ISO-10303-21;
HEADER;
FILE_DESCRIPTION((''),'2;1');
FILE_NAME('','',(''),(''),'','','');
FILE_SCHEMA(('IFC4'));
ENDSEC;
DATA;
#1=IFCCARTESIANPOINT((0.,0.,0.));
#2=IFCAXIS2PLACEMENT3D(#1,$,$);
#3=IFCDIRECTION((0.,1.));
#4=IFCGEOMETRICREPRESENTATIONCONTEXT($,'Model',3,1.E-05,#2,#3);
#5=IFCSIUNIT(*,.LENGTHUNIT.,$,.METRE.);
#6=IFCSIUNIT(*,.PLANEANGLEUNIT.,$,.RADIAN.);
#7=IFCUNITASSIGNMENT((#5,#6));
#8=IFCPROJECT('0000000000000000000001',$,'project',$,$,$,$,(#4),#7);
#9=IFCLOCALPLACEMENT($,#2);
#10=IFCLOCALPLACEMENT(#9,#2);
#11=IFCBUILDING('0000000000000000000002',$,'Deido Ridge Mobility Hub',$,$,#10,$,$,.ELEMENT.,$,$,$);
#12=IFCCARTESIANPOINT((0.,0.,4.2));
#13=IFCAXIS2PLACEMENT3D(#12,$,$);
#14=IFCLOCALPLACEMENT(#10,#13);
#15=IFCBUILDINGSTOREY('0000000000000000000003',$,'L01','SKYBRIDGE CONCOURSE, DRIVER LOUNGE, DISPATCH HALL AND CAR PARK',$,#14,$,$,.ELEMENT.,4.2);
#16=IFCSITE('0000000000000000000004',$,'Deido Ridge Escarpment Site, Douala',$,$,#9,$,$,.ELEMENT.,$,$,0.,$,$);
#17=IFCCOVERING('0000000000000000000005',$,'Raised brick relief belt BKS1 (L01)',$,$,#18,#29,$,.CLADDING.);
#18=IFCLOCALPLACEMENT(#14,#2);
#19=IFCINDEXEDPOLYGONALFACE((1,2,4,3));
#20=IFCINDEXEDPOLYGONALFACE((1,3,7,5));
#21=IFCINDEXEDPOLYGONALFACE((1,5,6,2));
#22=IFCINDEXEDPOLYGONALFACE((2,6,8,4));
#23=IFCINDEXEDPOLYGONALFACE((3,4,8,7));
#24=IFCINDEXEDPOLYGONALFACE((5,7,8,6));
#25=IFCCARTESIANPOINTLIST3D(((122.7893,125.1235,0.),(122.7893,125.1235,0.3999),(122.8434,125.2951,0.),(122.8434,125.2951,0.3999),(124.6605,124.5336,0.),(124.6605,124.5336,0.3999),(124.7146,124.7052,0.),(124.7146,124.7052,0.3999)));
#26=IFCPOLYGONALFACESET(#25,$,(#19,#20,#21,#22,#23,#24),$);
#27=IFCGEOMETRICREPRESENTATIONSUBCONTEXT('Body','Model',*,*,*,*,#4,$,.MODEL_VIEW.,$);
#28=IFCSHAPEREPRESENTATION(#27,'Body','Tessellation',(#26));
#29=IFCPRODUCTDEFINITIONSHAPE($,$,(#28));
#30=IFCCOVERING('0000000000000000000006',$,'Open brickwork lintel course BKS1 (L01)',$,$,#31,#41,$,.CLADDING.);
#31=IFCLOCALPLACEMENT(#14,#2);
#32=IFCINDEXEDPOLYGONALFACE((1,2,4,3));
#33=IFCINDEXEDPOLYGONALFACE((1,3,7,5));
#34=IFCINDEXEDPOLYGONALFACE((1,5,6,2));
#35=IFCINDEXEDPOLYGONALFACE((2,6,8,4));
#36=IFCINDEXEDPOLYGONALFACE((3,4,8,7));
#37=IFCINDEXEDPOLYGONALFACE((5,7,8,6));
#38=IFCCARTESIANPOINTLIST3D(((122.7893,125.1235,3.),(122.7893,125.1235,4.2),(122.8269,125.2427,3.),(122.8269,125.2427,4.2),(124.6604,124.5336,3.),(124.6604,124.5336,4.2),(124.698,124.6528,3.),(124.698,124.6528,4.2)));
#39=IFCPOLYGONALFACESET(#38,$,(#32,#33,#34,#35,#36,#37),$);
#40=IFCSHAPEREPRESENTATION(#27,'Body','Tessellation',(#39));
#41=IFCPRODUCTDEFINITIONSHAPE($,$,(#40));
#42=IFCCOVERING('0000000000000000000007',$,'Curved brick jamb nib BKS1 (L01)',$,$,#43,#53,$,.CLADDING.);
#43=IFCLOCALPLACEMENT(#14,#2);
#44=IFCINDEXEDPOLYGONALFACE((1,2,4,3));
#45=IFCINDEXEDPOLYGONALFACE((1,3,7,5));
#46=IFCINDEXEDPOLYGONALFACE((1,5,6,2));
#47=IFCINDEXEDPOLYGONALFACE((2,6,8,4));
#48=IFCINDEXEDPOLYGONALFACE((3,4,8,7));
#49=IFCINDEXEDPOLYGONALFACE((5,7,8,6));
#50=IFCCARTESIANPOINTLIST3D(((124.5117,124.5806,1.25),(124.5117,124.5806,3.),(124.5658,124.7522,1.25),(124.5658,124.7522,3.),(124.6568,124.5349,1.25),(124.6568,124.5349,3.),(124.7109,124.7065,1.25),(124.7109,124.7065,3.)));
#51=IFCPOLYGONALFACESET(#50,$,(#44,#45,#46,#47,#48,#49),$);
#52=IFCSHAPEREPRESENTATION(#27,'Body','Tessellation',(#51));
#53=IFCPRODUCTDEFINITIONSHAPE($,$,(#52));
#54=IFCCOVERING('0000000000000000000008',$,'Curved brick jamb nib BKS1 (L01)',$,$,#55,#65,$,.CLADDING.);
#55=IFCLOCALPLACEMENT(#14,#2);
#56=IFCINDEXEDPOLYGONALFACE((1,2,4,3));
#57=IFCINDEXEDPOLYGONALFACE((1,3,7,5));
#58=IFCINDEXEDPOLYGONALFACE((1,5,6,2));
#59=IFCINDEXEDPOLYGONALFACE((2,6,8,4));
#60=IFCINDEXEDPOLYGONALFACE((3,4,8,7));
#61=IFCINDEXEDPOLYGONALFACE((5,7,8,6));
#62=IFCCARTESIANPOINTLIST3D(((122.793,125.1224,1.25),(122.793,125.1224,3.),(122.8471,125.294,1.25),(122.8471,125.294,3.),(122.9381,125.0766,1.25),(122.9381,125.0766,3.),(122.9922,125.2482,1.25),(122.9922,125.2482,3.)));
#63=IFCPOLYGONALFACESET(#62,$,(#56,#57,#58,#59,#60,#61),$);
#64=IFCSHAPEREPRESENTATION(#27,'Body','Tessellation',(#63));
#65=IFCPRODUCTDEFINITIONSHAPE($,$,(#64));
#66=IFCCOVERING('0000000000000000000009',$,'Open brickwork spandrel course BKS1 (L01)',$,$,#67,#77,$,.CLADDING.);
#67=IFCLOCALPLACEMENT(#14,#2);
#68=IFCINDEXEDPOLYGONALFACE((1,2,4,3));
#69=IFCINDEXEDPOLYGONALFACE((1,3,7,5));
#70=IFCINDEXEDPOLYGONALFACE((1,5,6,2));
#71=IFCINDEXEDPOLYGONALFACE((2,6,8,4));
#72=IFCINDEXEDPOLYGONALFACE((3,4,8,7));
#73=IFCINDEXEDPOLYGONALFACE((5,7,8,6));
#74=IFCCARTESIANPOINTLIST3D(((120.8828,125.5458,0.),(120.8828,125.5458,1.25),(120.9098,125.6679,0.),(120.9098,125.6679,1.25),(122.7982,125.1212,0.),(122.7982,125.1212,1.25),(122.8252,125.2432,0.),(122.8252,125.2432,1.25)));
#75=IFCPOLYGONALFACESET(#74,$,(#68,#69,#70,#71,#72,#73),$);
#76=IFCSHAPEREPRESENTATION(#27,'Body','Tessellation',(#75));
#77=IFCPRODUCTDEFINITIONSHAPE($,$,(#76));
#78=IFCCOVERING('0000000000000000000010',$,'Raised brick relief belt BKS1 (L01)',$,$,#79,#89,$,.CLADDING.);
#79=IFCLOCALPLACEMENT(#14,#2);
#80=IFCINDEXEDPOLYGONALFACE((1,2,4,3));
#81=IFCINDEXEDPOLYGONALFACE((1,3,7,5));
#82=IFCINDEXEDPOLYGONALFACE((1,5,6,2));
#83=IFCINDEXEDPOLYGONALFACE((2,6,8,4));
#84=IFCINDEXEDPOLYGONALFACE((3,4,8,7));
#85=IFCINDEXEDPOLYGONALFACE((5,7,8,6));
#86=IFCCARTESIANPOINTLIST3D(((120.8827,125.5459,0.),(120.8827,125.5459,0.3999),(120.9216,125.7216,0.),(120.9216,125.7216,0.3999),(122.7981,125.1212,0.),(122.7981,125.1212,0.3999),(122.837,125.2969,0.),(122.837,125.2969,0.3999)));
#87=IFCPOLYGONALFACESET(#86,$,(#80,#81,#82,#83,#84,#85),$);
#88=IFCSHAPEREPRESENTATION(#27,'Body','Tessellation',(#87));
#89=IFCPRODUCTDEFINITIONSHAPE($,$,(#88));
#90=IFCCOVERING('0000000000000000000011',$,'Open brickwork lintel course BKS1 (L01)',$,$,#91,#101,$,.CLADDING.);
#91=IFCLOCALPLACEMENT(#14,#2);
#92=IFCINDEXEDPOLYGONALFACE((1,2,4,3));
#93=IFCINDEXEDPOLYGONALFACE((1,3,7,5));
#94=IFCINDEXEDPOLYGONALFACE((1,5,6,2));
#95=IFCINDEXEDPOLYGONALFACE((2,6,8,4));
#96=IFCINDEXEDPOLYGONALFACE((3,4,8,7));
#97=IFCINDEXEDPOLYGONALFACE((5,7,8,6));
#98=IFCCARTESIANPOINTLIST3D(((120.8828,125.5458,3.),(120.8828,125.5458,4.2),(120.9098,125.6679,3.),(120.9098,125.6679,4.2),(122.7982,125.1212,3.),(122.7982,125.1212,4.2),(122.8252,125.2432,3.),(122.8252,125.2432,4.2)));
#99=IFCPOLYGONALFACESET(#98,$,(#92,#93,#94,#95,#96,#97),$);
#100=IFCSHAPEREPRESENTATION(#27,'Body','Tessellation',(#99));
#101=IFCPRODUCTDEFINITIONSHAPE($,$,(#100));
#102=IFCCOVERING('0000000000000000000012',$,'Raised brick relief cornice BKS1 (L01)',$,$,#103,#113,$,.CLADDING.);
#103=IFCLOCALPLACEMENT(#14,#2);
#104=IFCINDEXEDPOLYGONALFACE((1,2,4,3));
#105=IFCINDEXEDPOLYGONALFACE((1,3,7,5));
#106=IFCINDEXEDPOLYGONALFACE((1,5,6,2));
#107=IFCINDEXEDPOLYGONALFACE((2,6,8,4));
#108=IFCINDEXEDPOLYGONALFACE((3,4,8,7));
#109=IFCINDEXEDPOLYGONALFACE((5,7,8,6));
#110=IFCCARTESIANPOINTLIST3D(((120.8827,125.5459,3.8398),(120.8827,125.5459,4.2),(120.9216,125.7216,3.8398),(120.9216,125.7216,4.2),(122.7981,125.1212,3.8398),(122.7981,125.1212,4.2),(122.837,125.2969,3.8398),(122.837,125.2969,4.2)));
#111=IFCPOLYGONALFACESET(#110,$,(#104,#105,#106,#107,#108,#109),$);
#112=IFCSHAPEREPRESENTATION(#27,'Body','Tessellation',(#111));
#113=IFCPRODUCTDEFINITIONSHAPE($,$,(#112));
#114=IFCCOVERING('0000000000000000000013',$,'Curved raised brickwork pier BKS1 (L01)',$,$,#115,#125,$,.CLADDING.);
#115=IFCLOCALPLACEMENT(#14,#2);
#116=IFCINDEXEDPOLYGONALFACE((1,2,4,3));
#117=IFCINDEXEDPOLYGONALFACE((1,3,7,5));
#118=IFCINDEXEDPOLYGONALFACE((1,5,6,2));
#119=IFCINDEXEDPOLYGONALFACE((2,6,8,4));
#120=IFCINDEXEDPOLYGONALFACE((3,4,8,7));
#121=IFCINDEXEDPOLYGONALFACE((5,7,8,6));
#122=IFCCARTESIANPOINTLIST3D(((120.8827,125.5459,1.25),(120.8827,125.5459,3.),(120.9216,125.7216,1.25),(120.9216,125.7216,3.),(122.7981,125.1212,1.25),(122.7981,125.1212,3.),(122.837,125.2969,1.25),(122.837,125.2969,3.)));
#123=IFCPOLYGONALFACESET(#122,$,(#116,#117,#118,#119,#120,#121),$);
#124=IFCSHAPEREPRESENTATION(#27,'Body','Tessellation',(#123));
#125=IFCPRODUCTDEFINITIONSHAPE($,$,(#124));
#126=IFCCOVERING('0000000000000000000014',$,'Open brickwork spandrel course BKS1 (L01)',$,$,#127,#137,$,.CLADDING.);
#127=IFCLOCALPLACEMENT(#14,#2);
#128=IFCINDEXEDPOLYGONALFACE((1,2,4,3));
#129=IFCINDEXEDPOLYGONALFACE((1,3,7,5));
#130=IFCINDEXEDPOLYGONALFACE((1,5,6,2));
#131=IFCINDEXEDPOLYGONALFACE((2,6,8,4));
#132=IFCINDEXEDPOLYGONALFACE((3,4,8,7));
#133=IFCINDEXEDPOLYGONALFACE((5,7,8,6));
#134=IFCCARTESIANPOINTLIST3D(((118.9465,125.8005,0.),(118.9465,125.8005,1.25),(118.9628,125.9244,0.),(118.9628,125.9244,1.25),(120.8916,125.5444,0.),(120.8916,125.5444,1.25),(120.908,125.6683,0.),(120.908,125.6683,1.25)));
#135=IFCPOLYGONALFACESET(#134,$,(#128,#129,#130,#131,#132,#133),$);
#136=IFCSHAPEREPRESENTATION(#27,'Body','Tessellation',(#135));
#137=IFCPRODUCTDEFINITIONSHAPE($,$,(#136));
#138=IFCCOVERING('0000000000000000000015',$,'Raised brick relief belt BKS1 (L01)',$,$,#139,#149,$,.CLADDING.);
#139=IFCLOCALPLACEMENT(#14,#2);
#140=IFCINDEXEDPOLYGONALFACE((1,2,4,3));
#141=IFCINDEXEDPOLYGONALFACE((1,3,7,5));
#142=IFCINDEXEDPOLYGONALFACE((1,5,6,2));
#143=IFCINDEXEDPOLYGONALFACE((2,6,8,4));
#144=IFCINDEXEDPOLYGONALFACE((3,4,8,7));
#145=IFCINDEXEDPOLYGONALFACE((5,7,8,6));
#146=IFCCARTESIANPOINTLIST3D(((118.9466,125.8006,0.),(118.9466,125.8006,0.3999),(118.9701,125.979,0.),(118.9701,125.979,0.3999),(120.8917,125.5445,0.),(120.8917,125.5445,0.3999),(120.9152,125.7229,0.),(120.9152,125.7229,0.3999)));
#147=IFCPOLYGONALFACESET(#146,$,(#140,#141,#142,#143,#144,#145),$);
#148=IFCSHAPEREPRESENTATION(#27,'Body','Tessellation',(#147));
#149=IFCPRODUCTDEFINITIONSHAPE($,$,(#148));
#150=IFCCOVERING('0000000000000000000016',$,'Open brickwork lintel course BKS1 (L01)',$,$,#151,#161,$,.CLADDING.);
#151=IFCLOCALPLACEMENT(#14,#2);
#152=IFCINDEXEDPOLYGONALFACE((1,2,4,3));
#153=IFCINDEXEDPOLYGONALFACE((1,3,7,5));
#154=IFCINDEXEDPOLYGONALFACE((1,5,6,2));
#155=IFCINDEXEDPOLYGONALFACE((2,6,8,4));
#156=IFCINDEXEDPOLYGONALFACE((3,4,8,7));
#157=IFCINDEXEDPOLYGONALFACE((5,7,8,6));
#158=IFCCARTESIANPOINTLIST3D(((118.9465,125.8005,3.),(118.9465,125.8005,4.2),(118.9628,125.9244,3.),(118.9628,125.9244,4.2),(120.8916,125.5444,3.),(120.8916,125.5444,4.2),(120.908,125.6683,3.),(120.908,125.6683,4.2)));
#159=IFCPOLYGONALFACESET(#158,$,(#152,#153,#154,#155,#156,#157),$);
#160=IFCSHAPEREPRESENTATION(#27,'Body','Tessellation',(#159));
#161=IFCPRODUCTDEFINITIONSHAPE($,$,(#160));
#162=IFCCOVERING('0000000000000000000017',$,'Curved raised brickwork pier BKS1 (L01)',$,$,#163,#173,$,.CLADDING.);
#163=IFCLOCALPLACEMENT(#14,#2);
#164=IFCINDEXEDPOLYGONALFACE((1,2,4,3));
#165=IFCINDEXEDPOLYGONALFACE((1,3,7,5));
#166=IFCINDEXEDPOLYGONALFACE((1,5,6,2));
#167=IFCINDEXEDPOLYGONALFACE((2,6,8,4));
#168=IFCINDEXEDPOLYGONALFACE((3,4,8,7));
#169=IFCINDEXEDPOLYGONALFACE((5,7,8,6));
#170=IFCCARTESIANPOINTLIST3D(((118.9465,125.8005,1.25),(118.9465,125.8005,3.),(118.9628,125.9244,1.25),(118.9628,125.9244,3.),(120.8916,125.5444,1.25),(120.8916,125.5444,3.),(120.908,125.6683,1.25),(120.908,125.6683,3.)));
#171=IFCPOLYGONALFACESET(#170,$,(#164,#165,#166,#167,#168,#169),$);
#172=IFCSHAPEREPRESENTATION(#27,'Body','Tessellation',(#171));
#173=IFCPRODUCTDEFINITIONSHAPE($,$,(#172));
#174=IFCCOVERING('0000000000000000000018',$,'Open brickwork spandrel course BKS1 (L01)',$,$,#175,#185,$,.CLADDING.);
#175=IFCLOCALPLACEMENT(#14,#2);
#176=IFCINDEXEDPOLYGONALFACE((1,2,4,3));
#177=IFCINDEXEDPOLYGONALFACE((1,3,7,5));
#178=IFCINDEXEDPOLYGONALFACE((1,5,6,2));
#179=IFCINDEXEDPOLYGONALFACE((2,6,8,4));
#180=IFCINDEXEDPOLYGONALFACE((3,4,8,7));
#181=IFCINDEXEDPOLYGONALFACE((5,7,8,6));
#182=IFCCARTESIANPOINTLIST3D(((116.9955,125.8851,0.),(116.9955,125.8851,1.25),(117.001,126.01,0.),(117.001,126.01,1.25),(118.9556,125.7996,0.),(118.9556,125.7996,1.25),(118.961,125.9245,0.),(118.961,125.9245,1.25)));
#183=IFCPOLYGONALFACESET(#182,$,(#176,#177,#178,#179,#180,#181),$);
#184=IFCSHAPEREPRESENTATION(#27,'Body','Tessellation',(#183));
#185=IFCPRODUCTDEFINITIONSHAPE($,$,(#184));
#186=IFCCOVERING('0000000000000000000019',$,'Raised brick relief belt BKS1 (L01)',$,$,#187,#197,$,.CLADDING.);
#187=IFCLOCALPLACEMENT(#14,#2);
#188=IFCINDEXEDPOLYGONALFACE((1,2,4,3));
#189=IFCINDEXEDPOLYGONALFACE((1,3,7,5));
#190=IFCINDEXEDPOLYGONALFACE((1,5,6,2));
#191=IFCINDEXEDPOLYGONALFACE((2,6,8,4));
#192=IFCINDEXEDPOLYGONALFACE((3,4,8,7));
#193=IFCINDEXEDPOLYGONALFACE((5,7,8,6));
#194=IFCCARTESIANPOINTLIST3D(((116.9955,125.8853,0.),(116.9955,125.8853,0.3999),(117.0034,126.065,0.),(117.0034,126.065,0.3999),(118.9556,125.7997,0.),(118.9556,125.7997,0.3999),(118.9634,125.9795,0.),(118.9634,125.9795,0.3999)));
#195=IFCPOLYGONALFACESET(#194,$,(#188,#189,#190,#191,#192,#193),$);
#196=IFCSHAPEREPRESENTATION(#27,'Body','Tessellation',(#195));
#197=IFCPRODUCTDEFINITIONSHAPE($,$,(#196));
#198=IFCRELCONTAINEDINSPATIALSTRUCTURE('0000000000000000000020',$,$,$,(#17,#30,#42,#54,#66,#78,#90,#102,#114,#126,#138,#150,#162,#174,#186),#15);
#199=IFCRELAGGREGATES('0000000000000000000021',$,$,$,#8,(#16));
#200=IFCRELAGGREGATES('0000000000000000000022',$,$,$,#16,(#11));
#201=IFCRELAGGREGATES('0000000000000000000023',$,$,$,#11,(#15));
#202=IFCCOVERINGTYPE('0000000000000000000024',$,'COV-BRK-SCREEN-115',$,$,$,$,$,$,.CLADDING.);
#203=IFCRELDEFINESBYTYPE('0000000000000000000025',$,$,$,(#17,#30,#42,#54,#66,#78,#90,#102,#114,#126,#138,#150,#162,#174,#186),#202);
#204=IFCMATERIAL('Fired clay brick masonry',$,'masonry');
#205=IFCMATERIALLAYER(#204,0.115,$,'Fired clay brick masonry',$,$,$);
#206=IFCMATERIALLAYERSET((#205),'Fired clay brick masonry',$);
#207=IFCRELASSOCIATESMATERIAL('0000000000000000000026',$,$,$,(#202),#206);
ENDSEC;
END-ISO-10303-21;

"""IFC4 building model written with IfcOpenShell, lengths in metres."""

from ifc_helpers import new_model, si_unit, direction, frame, origin, origin_2d, place, context, subcontext, project, spatial, rectangle, extrude, material, layer, layer_set, type_object, element, save


model = new_model("IFC4")

# Units and contexts
model_context = context("Model", 3, precision=1e-05, world=origin(), true_north=direction((0.0, 1.0)))
body_context = subcontext(model_context, "Body", "Model", "MODEL_VIEW")
ifc_project = project(units=[si_unit("LENGTHUNIT", "METRE"), si_unit("PLANEANGLEUNIT", "RADIAN")], contexts=[model_context])

# Site, building, storey
site_placement = place(None, origin())
site = spatial("IfcSite", under=ifc_project, at=site_placement, Name="Deido Ridge Escarpment Site, Douala", CompositionType="ELEMENT", RefElevation=0.0)
building_placement = place(site_placement, origin())
building = spatial("IfcBuilding", under=site, at=building_placement, Name="Deido Ridge Mobility Hub", CompositionType="ELEMENT")
storey_placement = place(building_placement, frame((0.0, 0.0, 4.2)))
storey = spatial("IfcBuildingStorey", under=building, at=storey_placement, Name="L01", Description="SKYBRIDGE CONCOURSE, DRIVER LOUNGE, DISPATCH HALL AND CAR PARK", CompositionType="ELEMENT", Elevation=4.2)

# Coverings
ifc_material_1 = material(Name="Fired clay brick masonry", Category="masonry")
ifc_layer = layer(ifc_material_1, 0.115, Name="Fired clay brick masonry")
ifc_layer_set = layer_set([ifc_layer], Name="Fired clay brick masonry")
covering_type = type_object("IfcCoveringType", Name="COV-BRK-SCREEN-115", PredefinedType="CLADDING", material=ifc_layer_set)
covering_1_placement = place(storey_placement, frame((123.752, 124.9143, 0.0), z_axis=(0.0, 0.0, 1.0), x_axis=(-0.953727, 0.300673, 0.0)))
element("IfcCovering", 1, at=covering_1_placement, inside=storey, type_object=covering_type, Name="Raised brick relief belt BKS1 (L01)", PredefinedType="CLADDING", context=body_context, shape_type="SweptSolid", body=[
    extrude(rectangle(XDim=1.9619, YDim=0.1799, at=origin_2d()), origin(), (0.0, 0.0, 1.0), 0.3999),
])
covering_2_placement = place(storey_placement, frame((123.7437, 124.8882, 3.0), z_axis=(0.0, 0.0, 1.0), x_axis=(-0.953727, 0.300673, 0.0)))
element("IfcCovering", 2, at=covering_2_placement, inside=storey, type_object=covering_type, Name="Open brickwork lintel course BKS1 (L01)", PredefinedType="CLADDING", context=body_context, shape_type="SweptSolid", body=[
    extrude(rectangle(XDim=1.9619, YDim=0.125, at=origin_2d()), origin(), (0.0, 0.0, 1.0), 1.2),
])
for number, where, z_axis, x_axis, name in (
    (3, (124.6113, 124.6436, 1.25), (0.0, 0.0, 1.0), (-0.953727, 0.300673, 0.0), "Curved brick jamb nib BKS1 (L01)"),
    (4, (122.8926, 125.1853, 1.25), (0.0, 0.0, 1.0), (-0.953727, 0.300673, 0.0), "Curved brick jamb nib BKS1 (L01)"),
):
    element("IfcCovering", number, at=place(storey_placement, frame(where, z_axis=z_axis, x_axis=x_axis)), inside=storey, type_object=covering_type, Name=name, PredefinedType="CLADDING", context=body_context, shape_type="SweptSolid", body=[
        extrude(rectangle(XDim=0.1521, YDim=0.1799, at=origin_2d()), origin(), (0.0, 0.0, 1.0), 1.75),
    ])
covering_3_placement = place(storey_placement, frame((121.854, 125.3945, 0.0), z_axis=(0.0, 0.0, 1.0), x_axis=(-0.976292, 0.216457, 0.0)))
element("IfcCovering", 5, at=covering_3_placement, inside=storey, type_object=covering_type, Name="Open brickwork spandrel course BKS1 (L01)", PredefinedType="CLADDING", context=body_context, shape_type="SweptSolid", body=[
    extrude(rectangle(XDim=1.9619, YDim=0.125, at=origin_2d()), origin(), (0.0, 0.0, 1.0), 1.25),
])
covering_4_placement = place(storey_placement, frame((121.8599, 125.4214, 0.0), z_axis=(0.0, 0.0, 1.0), x_axis=(-0.976292, 0.216457, 0.0)))
element("IfcCovering", 6, at=covering_4_placement, inside=storey, type_object=covering_type, Name="Raised brick relief belt BKS1 (L01)", PredefinedType="CLADDING", context=body_context, shape_type="SweptSolid", body=[
    extrude(rectangle(XDim=1.9619, YDim=0.1799, at=origin_2d()), origin(), (0.0, 0.0, 1.0), 0.3999),
])
covering_5_placement = place(storey_placement, frame((121.854, 125.3945, 3.0), z_axis=(0.0, 0.0, 1.0), x_axis=(-0.976292, 0.216457, 0.0)))
element("IfcCovering", 7, at=covering_5_placement, inside=storey, type_object=covering_type, Name="Open brickwork lintel course BKS1 (L01)", PredefinedType="CLADDING", context=body_context, shape_type="SweptSolid", body=[
    extrude(rectangle(XDim=1.9619, YDim=0.125, at=origin_2d()), origin(), (0.0, 0.0, 1.0), 1.2),
])
covering_6_placement = place(storey_placement, frame((121.8599, 125.4214, 3.8398), z_axis=(0.0, 0.0, 1.0), x_axis=(-0.976292, 0.216457, 0.0)))
element("IfcCovering", 8, at=covering_6_placement, inside=storey, type_object=covering_type, Name="Raised brick relief cornice BKS1 (L01)", PredefinedType="CLADDING", context=body_context, shape_type="SweptSolid", body=[
    extrude(rectangle(XDim=1.9619, YDim=0.1799, at=origin_2d()), origin(), (0.0, 0.0, 1.0), 0.3601),
])
covering_7_placement = place(storey_placement, frame((121.8599, 125.4214, 1.25), z_axis=(0.0, 0.0, 1.0), x_axis=(-0.976292, 0.216457, 0.0)))
element("IfcCovering", 9, at=covering_7_placement, inside=storey, type_object=covering_type, Name="Curved raised brickwork pier BKS1 (L01)", PredefinedType="CLADDING", context=body_context, shape_type="SweptSolid", body=[
    extrude(rectangle(XDim=1.9619, YDim=0.1799, at=origin_2d()), origin(), (0.0, 0.0, 1.0), 1.75),
])
covering_8_placement = place(storey_placement, frame((119.9272, 125.7344, 0.0), z_axis=(0.0, 0.0, 1.0), x_axis=(-0.991443, 0.130543, 0.0)))
element("IfcCovering", 10, at=covering_8_placement, inside=storey, type_object=covering_type, Name="Open brickwork spandrel course BKS1 (L01)", PredefinedType="CLADDING", context=body_context, shape_type="SweptSolid", body=[
    extrude(rectangle(XDim=1.9619, YDim=0.125, at=origin_2d()), origin(), (0.0, 0.0, 1.0), 1.25),
])
covering_9_placement = place(storey_placement, frame((119.9309, 125.7617, 0.0), z_axis=(0.0, 0.0, 1.0), x_axis=(-0.991443, 0.130543, 0.0)))
element("IfcCovering", 11, at=covering_9_placement, inside=storey, type_object=covering_type, Name="Raised brick relief belt BKS1 (L01)", PredefinedType="CLADDING", context=body_context, shape_type="SweptSolid", body=[
    extrude(rectangle(XDim=1.9619, YDim=0.1799, at=origin_2d()), origin(), (0.0, 0.0, 1.0), 0.3999),
])
covering_10_placement = place(storey_placement, frame((119.9272, 125.7344, 3.0), z_axis=(0.0, 0.0, 1.0), x_axis=(-0.991443, 0.130543, 0.0)))
element("IfcCovering", 12, at=covering_10_placement, inside=storey, type_object=covering_type, Name="Open brickwork lintel course BKS1 (L01)", PredefinedType="CLADDING", context=body_context, shape_type="SweptSolid", body=[
    extrude(rectangle(XDim=1.9619, YDim=0.125, at=origin_2d()), origin(), (0.0, 0.0, 1.0), 1.2),
])
covering_11_placement = place(storey_placement, frame((119.9272, 125.7344, 1.25), z_axis=(0.0, 0.0, 1.0), x_axis=(-0.991443, 0.130543, 0.0)))
element("IfcCovering", 13, at=covering_11_placement, inside=storey, type_object=covering_type, Name="Curved raised brickwork pier BKS1 (L01)", PredefinedType="CLADDING", context=body_context, shape_type="SweptSolid", body=[
    extrude(rectangle(XDim=1.9619, YDim=0.125, at=origin_2d()), origin(), (0.0, 0.0, 1.0), 1.75),
])
covering_12_placement = place(storey_placement, frame((117.9783, 125.9048, 0.0), z_axis=(0.0, 0.0, 1.0), x_axis=(-0.999049, 0.043602, 0.0)))
element("IfcCovering", 14, at=covering_12_placement, inside=storey, type_object=covering_type, Name="Open brickwork spandrel course BKS1 (L01)", PredefinedType="CLADDING", context=body_context, shape_type="SweptSolid", body=[
    extrude(rectangle(XDim=1.9619, YDim=0.125, at=origin_2d()), origin(), (0.0, 0.0, 1.0), 1.25),
])
covering_13_placement = place(storey_placement, frame((117.9795, 125.9324, 0.0), z_axis=(0.0, 0.0, 1.0), x_axis=(-0.999049, 0.043602, 0.0)))
element("IfcCovering", 15, at=covering_13_placement, inside=storey, type_object=covering_type, Name="Raised brick relief belt BKS1 (L01)", PredefinedType="CLADDING", context=body_context, shape_type="SweptSolid", body=[
    extrude(rectangle(XDim=1.9619, YDim=0.1799, at=origin_2d()), origin(), (0.0, 0.0, 1.0), 0.3999),
])

save(model, "model.ifc")
